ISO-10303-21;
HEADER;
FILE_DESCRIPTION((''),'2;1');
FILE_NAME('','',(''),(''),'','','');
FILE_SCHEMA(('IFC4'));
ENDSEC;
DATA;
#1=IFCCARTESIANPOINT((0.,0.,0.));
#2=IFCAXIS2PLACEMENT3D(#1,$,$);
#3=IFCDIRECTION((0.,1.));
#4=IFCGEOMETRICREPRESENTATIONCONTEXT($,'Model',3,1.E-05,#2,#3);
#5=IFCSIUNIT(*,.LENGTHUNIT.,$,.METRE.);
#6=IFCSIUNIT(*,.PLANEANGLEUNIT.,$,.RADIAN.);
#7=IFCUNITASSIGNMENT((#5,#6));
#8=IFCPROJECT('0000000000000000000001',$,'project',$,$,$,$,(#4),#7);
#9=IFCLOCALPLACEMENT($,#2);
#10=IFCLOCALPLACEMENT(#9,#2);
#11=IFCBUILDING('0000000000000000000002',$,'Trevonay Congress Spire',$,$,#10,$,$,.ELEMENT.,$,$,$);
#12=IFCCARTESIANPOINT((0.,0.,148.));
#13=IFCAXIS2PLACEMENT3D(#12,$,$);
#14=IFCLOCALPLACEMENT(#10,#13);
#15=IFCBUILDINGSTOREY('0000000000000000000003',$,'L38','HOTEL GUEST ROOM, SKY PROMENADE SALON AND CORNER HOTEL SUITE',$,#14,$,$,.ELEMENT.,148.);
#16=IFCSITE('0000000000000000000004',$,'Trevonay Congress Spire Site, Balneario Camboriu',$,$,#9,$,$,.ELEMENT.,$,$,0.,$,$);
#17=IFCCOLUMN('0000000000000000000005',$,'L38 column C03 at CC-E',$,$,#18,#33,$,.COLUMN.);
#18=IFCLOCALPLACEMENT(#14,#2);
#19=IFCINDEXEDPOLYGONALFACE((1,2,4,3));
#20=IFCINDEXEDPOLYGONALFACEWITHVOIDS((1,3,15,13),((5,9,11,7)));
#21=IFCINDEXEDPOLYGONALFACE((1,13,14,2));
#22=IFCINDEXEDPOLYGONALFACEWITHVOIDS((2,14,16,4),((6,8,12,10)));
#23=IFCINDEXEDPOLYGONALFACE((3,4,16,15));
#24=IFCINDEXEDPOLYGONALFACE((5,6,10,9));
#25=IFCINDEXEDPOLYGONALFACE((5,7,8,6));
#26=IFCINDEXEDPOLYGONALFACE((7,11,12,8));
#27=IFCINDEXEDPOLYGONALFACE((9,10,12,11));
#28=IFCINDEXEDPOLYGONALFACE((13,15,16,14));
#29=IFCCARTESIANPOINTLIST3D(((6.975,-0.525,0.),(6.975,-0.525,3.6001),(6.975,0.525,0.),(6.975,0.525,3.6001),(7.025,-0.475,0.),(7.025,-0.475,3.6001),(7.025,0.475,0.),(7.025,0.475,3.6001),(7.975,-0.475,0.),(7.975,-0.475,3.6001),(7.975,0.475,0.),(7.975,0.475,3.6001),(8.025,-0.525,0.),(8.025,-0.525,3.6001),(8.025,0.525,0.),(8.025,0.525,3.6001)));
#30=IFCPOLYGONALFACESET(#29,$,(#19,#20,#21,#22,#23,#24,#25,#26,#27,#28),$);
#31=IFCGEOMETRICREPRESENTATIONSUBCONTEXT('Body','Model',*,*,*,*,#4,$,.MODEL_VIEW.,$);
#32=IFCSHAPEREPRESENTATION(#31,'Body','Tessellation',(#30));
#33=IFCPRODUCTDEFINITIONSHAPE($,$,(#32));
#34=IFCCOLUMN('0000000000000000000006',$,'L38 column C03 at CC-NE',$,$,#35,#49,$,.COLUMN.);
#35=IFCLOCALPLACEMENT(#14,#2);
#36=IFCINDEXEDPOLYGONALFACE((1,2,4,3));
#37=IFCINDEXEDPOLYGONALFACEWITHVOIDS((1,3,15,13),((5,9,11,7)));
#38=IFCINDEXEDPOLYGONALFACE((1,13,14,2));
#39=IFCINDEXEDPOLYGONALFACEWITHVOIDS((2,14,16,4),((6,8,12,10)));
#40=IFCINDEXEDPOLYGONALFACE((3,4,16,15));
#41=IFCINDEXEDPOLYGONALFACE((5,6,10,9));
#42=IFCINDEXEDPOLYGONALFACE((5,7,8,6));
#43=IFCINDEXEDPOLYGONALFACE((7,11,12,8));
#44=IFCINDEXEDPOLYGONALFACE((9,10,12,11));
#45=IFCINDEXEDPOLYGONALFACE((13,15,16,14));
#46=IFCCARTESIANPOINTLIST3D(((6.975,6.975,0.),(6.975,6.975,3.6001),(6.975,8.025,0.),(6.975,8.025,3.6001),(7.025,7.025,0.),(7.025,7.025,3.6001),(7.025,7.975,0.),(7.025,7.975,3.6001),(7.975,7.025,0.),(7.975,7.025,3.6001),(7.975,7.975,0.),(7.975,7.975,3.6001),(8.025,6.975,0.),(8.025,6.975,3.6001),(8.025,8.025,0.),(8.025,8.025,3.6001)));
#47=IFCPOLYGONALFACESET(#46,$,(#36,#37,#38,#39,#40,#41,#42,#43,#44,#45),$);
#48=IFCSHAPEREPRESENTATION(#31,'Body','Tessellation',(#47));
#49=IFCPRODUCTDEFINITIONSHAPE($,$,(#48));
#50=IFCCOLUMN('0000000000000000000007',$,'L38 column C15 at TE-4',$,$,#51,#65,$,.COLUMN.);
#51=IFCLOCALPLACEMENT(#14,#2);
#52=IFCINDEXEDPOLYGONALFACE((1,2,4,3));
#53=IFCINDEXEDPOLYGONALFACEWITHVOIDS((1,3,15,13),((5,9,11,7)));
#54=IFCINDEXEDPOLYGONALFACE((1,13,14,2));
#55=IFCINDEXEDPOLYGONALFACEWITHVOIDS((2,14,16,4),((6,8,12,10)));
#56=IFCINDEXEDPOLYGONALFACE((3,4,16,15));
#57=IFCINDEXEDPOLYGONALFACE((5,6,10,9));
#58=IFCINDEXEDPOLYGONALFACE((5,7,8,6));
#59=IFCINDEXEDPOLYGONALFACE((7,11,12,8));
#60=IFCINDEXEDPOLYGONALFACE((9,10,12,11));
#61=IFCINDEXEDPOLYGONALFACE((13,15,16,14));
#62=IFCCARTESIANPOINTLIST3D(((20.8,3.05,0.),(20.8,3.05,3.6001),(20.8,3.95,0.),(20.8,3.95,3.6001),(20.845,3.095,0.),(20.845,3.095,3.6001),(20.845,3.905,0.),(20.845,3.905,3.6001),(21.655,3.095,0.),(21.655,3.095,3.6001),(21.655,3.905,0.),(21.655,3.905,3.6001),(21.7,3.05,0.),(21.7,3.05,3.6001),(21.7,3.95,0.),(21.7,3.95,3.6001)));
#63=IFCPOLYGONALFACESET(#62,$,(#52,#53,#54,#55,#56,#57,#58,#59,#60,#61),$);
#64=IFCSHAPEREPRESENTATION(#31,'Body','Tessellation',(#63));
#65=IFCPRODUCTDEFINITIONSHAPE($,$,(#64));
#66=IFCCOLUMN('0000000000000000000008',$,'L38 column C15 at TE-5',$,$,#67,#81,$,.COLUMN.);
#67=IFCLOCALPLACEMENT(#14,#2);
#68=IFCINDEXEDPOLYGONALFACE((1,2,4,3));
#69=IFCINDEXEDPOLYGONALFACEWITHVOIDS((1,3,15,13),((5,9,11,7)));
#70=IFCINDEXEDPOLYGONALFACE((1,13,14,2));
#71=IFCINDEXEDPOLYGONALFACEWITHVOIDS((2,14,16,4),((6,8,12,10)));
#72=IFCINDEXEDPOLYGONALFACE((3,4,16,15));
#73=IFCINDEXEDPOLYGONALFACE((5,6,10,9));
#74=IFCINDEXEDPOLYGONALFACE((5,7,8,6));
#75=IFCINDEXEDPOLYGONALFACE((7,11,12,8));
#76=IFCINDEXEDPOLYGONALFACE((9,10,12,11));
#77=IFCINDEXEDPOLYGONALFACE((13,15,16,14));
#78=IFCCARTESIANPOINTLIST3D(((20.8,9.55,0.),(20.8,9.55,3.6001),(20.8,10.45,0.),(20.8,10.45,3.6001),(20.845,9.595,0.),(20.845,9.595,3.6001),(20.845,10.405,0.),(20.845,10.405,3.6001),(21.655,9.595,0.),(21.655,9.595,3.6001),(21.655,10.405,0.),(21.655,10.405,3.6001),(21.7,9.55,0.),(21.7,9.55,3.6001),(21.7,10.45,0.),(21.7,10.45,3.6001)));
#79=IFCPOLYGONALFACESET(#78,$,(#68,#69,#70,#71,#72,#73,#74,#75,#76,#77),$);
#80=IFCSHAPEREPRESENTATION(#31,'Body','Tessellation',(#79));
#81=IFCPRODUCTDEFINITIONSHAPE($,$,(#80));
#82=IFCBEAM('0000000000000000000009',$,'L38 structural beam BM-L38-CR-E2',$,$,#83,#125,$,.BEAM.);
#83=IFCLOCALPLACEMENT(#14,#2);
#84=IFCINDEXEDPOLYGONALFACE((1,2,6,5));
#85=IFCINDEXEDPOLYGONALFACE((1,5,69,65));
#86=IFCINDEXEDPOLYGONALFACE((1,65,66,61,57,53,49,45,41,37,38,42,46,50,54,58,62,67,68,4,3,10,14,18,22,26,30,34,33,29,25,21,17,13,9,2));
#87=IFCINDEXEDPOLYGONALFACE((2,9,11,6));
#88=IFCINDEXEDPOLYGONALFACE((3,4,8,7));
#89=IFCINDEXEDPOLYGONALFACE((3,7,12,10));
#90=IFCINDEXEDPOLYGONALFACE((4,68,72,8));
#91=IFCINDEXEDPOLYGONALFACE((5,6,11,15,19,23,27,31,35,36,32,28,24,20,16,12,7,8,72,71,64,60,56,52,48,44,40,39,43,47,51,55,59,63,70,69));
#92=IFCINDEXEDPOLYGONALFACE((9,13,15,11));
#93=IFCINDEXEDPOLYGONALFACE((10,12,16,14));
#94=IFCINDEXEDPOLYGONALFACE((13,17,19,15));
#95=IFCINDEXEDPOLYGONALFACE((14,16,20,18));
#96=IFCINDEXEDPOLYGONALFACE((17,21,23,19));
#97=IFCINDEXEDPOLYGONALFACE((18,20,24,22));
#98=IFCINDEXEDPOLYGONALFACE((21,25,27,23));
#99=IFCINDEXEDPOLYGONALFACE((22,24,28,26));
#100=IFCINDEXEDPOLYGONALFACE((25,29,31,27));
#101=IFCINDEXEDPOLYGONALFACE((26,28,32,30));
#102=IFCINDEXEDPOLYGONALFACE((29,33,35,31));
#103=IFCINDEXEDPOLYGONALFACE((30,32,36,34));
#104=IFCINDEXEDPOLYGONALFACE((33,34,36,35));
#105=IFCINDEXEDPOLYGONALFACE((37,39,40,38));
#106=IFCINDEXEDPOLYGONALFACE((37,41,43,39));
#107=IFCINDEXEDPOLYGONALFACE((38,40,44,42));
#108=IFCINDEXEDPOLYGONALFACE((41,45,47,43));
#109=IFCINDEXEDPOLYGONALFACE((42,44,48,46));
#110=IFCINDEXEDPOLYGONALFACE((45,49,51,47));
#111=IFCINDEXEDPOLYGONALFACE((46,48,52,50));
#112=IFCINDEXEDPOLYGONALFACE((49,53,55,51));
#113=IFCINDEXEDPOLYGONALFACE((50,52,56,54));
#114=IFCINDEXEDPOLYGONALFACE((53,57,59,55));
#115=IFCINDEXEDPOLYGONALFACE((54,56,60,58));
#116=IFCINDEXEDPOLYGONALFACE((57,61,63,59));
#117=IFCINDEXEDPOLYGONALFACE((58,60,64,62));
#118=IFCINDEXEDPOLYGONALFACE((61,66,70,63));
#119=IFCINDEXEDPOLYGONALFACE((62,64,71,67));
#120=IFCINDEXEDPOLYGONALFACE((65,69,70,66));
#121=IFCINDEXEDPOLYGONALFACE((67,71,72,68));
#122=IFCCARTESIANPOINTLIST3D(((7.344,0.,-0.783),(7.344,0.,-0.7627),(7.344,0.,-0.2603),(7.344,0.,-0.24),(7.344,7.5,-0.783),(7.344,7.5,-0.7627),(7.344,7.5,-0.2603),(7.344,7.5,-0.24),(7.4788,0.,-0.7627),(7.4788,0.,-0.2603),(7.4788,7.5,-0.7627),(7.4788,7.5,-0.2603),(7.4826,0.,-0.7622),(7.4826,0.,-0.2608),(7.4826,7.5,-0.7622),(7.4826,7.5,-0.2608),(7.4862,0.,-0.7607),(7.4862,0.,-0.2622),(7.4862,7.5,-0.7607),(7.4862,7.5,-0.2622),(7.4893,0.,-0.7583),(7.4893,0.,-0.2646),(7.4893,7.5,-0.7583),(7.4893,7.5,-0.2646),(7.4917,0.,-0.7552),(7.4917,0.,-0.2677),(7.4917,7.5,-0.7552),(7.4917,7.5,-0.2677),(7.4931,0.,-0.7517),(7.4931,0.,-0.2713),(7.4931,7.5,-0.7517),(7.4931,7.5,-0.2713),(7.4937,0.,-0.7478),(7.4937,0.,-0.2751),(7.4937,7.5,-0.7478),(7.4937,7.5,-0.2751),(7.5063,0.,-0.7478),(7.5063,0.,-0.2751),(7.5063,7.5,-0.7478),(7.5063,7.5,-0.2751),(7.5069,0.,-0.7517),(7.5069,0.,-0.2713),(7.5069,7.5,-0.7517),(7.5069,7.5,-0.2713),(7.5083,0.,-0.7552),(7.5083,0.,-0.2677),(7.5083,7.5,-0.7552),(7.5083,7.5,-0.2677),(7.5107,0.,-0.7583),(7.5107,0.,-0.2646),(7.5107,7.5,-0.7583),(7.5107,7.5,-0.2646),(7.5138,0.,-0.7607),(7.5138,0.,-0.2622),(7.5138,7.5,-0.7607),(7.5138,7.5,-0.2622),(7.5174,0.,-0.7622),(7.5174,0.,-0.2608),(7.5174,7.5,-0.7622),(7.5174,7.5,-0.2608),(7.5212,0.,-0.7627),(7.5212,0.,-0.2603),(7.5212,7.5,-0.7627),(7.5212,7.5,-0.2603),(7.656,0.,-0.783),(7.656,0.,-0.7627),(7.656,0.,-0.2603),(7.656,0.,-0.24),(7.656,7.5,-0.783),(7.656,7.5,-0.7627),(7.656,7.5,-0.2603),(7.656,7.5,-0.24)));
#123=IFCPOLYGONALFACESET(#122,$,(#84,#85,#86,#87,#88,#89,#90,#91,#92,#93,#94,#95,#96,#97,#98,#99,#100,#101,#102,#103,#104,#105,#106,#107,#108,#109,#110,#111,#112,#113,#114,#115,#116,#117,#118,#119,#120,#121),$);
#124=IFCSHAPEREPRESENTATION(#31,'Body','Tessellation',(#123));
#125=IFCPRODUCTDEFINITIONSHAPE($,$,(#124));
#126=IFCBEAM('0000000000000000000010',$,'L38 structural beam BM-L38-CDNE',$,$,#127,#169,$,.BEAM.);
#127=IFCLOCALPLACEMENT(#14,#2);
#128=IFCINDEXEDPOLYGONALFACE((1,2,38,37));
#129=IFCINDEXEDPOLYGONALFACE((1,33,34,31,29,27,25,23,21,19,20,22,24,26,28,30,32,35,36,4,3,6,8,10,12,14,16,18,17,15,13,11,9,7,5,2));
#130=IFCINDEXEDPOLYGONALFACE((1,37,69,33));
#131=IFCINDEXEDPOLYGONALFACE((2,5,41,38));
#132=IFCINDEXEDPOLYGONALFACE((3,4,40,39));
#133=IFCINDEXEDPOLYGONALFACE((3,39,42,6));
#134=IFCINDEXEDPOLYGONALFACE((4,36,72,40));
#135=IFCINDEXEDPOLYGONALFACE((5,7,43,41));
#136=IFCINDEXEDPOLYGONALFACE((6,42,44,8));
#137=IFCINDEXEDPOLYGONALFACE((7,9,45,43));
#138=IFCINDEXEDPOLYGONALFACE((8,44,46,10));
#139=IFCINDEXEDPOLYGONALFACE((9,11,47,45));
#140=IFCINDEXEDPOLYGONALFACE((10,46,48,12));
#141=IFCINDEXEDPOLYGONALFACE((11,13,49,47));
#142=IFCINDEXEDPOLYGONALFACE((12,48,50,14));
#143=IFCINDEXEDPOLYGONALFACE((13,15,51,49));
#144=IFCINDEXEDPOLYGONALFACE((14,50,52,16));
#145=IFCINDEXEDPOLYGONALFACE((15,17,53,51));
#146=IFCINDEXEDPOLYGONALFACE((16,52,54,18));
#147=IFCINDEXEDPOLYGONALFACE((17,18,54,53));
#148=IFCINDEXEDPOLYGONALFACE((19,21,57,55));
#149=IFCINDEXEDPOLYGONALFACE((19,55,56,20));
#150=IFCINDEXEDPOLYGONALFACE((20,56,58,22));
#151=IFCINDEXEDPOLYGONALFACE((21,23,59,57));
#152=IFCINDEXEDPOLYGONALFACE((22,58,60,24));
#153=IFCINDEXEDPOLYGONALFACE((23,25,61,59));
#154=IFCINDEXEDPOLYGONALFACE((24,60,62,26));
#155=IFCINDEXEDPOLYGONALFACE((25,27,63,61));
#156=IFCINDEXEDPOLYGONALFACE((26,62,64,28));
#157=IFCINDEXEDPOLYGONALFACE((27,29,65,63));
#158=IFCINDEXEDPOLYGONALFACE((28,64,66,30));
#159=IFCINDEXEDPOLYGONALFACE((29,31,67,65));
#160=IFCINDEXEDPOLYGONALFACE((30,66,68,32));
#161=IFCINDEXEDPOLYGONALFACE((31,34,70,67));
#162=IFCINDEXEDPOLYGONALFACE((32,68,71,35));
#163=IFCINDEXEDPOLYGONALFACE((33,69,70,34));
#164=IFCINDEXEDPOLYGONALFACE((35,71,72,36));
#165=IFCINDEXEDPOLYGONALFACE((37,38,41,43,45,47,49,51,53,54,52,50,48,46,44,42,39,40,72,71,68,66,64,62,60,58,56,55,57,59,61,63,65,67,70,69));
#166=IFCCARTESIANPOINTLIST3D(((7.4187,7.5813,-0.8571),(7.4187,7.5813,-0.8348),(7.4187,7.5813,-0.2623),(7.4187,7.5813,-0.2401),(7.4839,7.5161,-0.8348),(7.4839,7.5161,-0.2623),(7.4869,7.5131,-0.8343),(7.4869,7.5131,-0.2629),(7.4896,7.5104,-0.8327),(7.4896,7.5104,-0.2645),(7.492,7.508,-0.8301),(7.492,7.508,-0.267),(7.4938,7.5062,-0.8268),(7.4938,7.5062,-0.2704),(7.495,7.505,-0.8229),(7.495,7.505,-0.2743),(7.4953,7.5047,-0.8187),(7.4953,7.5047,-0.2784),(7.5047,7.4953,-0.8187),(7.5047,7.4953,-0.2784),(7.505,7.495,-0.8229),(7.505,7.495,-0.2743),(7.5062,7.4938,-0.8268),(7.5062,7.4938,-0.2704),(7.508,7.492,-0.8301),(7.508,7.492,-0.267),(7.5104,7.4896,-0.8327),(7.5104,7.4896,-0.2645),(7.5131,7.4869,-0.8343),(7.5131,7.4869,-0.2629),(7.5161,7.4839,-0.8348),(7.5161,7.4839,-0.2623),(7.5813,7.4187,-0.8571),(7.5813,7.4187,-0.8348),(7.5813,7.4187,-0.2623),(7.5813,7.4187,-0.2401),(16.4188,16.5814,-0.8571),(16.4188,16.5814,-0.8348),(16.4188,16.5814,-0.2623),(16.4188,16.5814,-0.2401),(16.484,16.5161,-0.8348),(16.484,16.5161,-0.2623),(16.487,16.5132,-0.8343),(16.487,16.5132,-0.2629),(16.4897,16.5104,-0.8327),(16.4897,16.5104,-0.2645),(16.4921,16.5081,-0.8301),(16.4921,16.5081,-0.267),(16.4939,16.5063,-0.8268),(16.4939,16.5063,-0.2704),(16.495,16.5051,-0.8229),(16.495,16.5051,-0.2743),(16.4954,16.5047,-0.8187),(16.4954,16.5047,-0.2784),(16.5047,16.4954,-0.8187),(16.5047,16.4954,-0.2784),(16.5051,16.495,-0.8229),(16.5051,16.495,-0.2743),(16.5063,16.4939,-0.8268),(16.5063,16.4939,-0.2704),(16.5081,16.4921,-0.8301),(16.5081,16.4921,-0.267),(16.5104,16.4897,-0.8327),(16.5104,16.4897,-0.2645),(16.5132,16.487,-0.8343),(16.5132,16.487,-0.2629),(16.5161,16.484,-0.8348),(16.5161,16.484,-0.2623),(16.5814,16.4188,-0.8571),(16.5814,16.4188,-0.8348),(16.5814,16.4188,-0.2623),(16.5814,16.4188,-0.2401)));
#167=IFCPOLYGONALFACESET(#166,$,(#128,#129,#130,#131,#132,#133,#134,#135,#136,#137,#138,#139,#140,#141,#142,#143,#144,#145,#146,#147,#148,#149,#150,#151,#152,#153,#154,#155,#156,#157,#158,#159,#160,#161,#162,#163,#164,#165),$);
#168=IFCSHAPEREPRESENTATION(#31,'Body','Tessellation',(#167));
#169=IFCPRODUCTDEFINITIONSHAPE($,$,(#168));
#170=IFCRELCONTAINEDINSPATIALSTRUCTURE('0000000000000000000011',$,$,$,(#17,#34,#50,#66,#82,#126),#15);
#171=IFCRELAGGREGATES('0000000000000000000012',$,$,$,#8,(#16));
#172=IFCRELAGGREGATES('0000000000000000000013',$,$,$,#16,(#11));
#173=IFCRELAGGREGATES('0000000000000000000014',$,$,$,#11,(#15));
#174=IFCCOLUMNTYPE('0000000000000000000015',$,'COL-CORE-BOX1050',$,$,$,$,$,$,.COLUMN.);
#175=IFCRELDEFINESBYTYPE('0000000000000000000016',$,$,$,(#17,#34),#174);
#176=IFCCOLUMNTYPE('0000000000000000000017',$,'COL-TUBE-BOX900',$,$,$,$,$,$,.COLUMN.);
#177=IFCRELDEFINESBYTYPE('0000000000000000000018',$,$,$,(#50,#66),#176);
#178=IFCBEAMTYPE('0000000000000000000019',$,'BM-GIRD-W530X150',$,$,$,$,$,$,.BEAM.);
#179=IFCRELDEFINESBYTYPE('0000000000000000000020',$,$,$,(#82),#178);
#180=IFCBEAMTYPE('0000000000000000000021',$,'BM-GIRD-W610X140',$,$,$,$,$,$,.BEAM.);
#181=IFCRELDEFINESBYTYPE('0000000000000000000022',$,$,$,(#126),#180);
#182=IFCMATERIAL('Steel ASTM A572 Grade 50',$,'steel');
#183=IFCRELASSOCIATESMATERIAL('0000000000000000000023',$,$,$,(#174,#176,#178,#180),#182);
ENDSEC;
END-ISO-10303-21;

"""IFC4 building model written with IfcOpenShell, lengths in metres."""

from ifc_helpers import new_model, si_unit, direction, frame, origin, origin_2d, place, context, subcontext, project, spatial, hollow_rectangle, i_section, extrude, material, material_profile, profile_set, type_object, element, save


model = new_model("IFC4")

# Units and contexts
model_context = context("Model", 3, precision=1e-05, world=origin(), true_north=direction((0.0, 1.0)))
body_context = subcontext(model_context, "Body", "Model", "MODEL_VIEW")
ifc_project = project(units=[si_unit("LENGTHUNIT", "METRE"), si_unit("PLANEANGLEUNIT", "RADIAN")], contexts=[model_context])

# Site, building, storey
site_placement = place(None, origin())
site = spatial("IfcSite", under=ifc_project, at=site_placement, Name="Trevonay Congress Spire Site, Balneario Camboriu", CompositionType="ELEMENT", RefElevation=0.0)
building_placement = place(site_placement, origin())
building = spatial("IfcBuilding", under=site, at=building_placement, Name="Trevonay Congress Spire", CompositionType="ELEMENT")
storey_placement = place(building_placement, frame((0.0, 0.0, 148.0)))
storey = spatial("IfcBuildingStorey", under=building, at=storey_placement, Name="L38", Description="HOTEL GUEST ROOM, SKY PROMENADE SALON AND CORNER HOTEL SUITE", CompositionType="ELEMENT", Elevation=148.0)

# Columns
ifc_material_1 = material(Name="Steel ASTM A572 Grade 50", Category="steel")
ifc_material_profile_1 = material_profile(ifc_material_1, hollow_rectangle(XDim=1.05, YDim=1.05, WallThickness=0.05, at=origin_2d()), Name="BOX 1050x1050x50")
ifc_profile_set_1 = profile_set([ifc_material_profile_1], Name="Steel ASTM A572 Grade 50")
column_type_1 = type_object("IfcColumnType", Name="COL-CORE-BOX1050", PredefinedType="COLUMN", material=ifc_profile_set_1)
for number, where, z_axis, x_axis, name in (
    (1, (7.5, 0.0, 0.0), (0.0, 0.0, 1.0), (1.0, 0.0, 0.0), "L38 column C03 at CC-E"),
    (2, (7.5, 7.5, 0.0), (0.0, 0.0, 1.0), (1.0, 0.0, 0.0), "L38 column C03 at CC-NE"),
):
    element("IfcColumn", number, at=place(storey_placement, frame(where, z_axis=z_axis, x_axis=x_axis)), inside=storey, type_object=column_type_1, Name=name, PredefinedType="COLUMN", context=body_context, shape_type="SweptSolid", body=[
        extrude(hollow_rectangle(XDim=1.05, YDim=1.05, WallThickness=0.05, at=origin_2d()), origin(), (0.0, 0.0, 1.0), 3.6001),
    ])
ifc_material_profile_2 = material_profile(ifc_material_1, hollow_rectangle(XDim=0.8999, YDim=0.8999, WallThickness=0.0449, at=origin_2d()), Name="BOX 900x900x45")
ifc_profile_set_2 = profile_set([ifc_material_profile_2], Name="Steel ASTM A572 Grade 50")
column_type_2 = type_object("IfcColumnType", Name="COL-TUBE-BOX900", PredefinedType="COLUMN", material=ifc_profile_set_2)
for number, where, z_axis, x_axis, name in (
    (3, (21.25, 3.5, 0.0), (0.0, 0.0, 1.0), (1.0, 0.0, 0.0), "L38 column C15 at TE-4"),
    (4, (21.25, 10.0, 0.0), (0.0, 0.0, 1.0), (1.0, 0.0, 0.0), "L38 column C15 at TE-5"),
):
    element("IfcColumn", number, at=place(storey_placement, frame(where, z_axis=z_axis, x_axis=x_axis)), inside=storey, type_object=column_type_2, Name=name, PredefinedType="COLUMN", context=body_context, shape_type="SweptSolid", body=[
        extrude(hollow_rectangle(XDim=0.8999, YDim=0.8999, WallThickness=0.0449, at=origin_2d()), origin(), (0.0, 0.0, 1.0), 3.6001),
    ])

# Beams
ifc_material_profile_3 = material_profile(ifc_material_1, i_section(OverallWidth=0.312, OverallDepth=0.543, WebThickness=0.0127, FlangeThickness=0.0203, FilletRadius=0.0149, at=origin_2d()), Name="W530x150")
ifc_profile_set_3 = profile_set([ifc_material_profile_3], Name="Steel ASTM A572 Grade 50")
beam_type_1 = type_object("IfcBeamType", Name="BM-GIRD-W530X150", PredefinedType="BEAM", material=ifc_profile_set_3)
beam_1_placement = place(storey_placement, frame((7.5, 0.0, -0.5115), z_axis=(0.0, 1.0, 0.0), x_axis=(-1.0, 0.0, 0.0)))
element("IfcBeam", 5, at=beam_1_placement, inside=storey, type_object=beam_type_1, Name="L38 structural beam BM-L38-CR-E2", PredefinedType="BEAM", context=body_context, shape_type="SweptSolid", body=[
    extrude(i_section(OverallWidth=0.312, OverallDepth=0.543, WebThickness=0.0127, FlangeThickness=0.0203, FilletRadius=0.0149, at=origin_2d()), origin(), (0.0, 0.0, 1.0), 7.5),
])
ifc_material_profile_4 = material_profile(ifc_material_1, i_section(OverallWidth=0.23, OverallDepth=0.6169, WebThickness=0.0132, FlangeThickness=0.0222, FilletRadius=0.0161, at=origin_2d()), Name="W610x140")
ifc_profile_set_4 = profile_set([ifc_material_profile_4], Name="Steel ASTM A572 Grade 50")
beam_type_2 = type_object("IfcBeamType", Name="BM-GIRD-W610X140", PredefinedType="BEAM", material=ifc_profile_set_4)
beam_2_placement = place(storey_placement, frame((7.5, 7.5, -0.5486), z_axis=(0.707107, 0.707107, 0.0), x_axis=(-0.707107, 0.707107, 0.0)))
element("IfcBeam", 6, at=beam_2_placement, inside=storey, type_object=beam_type_2, Name="L38 structural beam BM-L38-CDNE", PredefinedType="BEAM", context=body_context, shape_type="SweptSolid", body=[
    extrude(i_section(OverallWidth=0.23, OverallDepth=0.6169, WebThickness=0.0132, FlangeThickness=0.0222, FilletRadius=0.0161, at=origin_2d()), origin(), (0.0, 0.0, 1.0), 12.728),
])

save(model, "model.ifc")
